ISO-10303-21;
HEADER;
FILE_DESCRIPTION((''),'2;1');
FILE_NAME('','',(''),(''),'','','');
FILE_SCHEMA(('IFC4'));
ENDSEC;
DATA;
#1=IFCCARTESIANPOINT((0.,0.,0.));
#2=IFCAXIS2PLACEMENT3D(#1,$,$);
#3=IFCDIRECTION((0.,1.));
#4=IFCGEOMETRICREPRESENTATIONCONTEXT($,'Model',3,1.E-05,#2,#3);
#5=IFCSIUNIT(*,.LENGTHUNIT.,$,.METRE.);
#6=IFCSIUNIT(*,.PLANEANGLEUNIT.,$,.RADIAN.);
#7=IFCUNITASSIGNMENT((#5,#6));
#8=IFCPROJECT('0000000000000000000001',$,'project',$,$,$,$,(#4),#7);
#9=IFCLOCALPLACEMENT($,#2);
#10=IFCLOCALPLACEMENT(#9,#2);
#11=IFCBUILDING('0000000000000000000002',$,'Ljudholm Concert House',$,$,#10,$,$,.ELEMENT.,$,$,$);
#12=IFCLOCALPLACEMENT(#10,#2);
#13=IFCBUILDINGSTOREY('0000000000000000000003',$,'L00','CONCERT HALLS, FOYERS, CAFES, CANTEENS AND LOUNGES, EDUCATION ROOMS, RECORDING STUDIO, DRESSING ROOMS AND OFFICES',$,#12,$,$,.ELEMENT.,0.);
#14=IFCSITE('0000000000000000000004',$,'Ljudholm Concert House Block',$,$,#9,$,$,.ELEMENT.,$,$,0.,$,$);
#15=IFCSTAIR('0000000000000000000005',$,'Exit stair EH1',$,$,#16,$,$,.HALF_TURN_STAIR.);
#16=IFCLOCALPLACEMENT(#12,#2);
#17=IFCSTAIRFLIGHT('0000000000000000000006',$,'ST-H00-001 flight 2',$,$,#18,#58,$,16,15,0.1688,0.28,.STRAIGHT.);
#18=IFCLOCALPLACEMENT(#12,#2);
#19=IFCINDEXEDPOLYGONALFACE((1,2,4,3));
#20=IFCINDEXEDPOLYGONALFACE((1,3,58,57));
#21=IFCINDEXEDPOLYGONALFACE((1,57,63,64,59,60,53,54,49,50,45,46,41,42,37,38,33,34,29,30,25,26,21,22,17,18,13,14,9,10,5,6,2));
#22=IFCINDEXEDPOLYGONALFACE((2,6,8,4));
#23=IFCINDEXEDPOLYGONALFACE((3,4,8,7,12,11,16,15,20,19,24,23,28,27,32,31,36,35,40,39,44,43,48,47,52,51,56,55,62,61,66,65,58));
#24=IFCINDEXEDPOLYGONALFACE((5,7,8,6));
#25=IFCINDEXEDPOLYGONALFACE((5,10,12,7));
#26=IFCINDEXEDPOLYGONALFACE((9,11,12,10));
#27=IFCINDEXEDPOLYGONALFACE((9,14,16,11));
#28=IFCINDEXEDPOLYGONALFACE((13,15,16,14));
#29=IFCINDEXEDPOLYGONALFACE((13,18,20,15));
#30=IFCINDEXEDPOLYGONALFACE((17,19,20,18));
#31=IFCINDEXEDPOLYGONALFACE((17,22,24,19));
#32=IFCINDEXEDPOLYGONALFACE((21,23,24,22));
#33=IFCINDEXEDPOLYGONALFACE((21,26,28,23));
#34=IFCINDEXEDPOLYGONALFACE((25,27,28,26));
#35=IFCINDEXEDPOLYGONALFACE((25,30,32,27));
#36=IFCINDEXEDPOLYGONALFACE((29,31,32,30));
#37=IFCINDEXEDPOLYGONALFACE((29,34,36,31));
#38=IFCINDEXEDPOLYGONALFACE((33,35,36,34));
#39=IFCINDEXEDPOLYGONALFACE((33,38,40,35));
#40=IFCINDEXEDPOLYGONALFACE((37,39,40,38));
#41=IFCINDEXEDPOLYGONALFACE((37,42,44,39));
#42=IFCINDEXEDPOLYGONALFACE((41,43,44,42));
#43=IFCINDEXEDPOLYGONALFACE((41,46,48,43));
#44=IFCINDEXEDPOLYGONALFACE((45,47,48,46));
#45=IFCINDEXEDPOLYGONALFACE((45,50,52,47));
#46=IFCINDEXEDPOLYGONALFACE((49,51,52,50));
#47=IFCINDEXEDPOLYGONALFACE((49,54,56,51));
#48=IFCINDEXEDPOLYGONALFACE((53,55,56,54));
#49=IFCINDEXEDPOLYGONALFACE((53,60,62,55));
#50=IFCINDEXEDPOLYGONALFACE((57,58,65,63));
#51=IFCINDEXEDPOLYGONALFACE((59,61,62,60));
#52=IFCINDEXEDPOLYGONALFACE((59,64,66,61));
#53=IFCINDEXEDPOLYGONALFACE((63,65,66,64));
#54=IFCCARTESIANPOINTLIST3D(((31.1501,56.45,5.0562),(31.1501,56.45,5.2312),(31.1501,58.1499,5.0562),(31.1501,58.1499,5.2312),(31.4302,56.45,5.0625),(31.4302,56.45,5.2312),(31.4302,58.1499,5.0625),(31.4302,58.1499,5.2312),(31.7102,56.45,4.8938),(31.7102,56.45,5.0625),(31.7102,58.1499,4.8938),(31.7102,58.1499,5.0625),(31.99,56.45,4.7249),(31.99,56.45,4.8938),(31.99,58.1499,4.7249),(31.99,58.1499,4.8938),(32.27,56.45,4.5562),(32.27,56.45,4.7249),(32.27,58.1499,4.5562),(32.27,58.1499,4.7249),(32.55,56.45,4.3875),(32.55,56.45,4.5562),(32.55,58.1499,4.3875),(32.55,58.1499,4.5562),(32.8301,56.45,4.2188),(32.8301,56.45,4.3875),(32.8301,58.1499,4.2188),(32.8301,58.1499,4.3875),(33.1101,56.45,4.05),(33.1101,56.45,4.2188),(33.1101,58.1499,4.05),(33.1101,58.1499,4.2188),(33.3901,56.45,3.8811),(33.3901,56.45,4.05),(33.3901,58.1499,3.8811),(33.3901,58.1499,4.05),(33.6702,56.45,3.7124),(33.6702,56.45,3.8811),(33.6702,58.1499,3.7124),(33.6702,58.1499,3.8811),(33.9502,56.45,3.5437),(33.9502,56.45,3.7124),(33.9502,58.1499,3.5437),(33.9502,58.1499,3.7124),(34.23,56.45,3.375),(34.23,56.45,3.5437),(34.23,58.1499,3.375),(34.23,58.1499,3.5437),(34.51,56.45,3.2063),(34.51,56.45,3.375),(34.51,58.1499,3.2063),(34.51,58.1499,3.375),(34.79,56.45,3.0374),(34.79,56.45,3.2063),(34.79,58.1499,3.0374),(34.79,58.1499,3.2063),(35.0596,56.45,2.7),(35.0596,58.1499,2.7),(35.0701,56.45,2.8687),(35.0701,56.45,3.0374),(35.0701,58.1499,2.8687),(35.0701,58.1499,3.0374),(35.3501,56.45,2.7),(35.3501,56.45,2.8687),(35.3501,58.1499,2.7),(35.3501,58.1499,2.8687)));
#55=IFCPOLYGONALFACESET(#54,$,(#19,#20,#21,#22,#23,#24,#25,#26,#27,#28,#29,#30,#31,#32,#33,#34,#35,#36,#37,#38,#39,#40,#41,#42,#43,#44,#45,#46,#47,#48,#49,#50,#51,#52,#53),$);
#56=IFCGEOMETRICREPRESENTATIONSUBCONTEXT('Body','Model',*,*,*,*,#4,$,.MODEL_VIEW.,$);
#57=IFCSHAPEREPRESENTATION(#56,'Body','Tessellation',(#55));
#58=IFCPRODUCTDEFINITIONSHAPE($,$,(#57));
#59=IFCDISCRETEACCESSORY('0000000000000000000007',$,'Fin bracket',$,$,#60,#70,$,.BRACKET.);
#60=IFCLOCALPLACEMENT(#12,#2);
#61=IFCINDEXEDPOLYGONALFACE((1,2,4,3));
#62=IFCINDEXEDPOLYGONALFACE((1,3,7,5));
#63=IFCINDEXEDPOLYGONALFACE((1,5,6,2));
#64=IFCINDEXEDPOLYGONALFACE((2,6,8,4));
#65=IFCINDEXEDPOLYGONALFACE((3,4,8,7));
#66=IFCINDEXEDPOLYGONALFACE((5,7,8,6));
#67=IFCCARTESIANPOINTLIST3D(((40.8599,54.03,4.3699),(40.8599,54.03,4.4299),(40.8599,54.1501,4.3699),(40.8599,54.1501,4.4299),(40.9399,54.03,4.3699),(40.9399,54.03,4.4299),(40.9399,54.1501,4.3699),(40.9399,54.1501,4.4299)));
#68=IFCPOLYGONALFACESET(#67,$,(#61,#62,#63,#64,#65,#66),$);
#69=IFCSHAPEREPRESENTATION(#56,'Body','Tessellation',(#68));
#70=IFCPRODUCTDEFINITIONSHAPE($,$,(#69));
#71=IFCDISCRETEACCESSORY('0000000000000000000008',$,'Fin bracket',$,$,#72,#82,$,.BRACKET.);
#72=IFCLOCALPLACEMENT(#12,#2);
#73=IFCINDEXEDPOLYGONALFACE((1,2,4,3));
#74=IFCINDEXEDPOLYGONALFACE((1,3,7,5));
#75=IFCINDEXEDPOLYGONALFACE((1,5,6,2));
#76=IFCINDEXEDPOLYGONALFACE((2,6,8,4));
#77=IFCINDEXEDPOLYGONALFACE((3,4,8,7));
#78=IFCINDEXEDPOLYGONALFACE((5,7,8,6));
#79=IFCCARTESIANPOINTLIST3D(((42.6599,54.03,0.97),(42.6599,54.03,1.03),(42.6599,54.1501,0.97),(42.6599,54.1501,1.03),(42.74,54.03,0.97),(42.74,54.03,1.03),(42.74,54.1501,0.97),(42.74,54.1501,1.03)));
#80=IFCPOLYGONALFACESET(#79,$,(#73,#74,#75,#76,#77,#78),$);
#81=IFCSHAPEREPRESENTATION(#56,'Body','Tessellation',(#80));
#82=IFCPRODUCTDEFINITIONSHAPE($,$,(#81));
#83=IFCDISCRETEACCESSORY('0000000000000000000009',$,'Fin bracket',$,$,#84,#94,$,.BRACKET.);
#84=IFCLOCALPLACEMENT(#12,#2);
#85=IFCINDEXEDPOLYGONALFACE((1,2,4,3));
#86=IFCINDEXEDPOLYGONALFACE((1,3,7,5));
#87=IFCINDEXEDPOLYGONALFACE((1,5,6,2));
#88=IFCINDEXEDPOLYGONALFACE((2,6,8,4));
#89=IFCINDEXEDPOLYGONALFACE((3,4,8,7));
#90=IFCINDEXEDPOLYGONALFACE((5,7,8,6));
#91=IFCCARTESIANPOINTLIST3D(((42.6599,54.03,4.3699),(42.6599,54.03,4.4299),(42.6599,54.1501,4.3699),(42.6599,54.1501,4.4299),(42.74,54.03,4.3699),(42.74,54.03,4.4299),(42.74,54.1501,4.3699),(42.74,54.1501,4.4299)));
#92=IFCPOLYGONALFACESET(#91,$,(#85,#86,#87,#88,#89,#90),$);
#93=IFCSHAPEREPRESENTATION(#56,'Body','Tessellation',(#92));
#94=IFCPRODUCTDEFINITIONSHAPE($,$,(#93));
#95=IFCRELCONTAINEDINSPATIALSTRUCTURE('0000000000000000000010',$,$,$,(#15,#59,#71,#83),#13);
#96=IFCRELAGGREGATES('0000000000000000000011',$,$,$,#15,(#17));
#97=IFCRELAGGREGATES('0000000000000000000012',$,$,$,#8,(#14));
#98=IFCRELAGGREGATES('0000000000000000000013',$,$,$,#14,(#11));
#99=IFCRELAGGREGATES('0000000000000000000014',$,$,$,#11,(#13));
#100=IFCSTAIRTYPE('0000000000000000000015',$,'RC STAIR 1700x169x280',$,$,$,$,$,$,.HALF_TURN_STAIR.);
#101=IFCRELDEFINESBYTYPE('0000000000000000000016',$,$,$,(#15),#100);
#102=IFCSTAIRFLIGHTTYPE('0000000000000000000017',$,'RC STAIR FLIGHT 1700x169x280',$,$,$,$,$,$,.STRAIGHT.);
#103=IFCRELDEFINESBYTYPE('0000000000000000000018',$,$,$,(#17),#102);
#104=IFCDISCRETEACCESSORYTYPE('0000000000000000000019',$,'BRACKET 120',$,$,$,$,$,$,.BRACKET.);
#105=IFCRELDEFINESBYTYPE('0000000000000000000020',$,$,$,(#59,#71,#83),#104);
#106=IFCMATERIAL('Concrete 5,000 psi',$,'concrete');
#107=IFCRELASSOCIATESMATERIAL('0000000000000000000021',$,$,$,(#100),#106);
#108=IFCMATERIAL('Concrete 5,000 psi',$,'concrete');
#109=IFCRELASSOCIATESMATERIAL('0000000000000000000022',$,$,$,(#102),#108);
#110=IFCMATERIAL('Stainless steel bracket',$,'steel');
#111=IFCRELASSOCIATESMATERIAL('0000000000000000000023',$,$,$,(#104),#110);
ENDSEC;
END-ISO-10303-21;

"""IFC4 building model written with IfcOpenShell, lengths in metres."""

from ifc_helpers import new_model, si_unit, direction, frame, origin, origin_2d, place, context, subcontext, project, spatial, polyline, rectangle, outline, extrude, material, type_object, element, aggregate, save


model = new_model("IFC4")

# Units and contexts
model_context = context("Model", 3, precision=1e-05, world=origin(), true_north=direction((0.0, 1.0)))
body_context = subcontext(model_context, "Body", "Model", "MODEL_VIEW")
ifc_project = project(units=[si_unit("LENGTHUNIT", "METRE"), si_unit("PLANEANGLEUNIT", "RADIAN")], contexts=[model_context])

# Site, building, storey
site_placement = place(None, origin())
site = spatial("IfcSite", under=ifc_project, at=site_placement, Name="Ljudholm Concert House Block", CompositionType="ELEMENT", RefElevation=0.0)
building_placement = place(site_placement, origin())
building = spatial("IfcBuilding", under=site, at=building_placement, Name="Ljudholm Concert House", CompositionType="ELEMENT")
storey_placement = place(building_placement, origin())
storey = spatial("IfcBuildingStorey", under=building, at=storey_placement, Name="L00", Description="CONCERT HALLS, FOYERS, CAFES, CANTEENS AND LOUNGES, EDUCATION ROOMS, RECORDING STUDIO, DRESSING ROOMS AND OFFICES", CompositionType="ELEMENT", Elevation=0.0)

# Stair, stair flight
ifc_material_1 = material(Name="Concrete 5,000 psi", Category="concrete")
stair_type = type_object("IfcStairType", Name="RC STAIR 1700x169x280", PredefinedType="HALF_TURN_STAIR", material=ifc_material_1)
stair_placement = place(storey_placement, origin())
stair = element("IfcStair", 1, at=stair_placement, inside=storey, type_object=stair_type, Name="Exit stair EH1", PredefinedType="HALF_TURN_STAIR")
ifc_material_2 = material(Name="Concrete 5,000 psi", Category="concrete")
stair_flight_type = type_object("IfcStairFlightType", Name="RC STAIR FLIGHT 1700x169x280", PredefinedType="STRAIGHT", material=ifc_material_2)
stair_flight_placement = place(storey_placement, frame((35.3501, 57.3, 2.7), z_axis=(0.0, 0.0, 1.0), x_axis=(-1.0, 0.0, 0.0)))
stair_flight = element("IfcStairFlight", 2, at=stair_flight_placement, type_object=stair_flight_type, Name="ST-H00-001 flight 2", NumberOfRisers=16, NumberOfTreads=15, PredefinedType="STRAIGHT", RiserHeight=0.1688, TreadLength=0.28, context=body_context, shape_type="SweptSolid", body=[
    extrude(outline(polyline([(0.0, 0.0), (0.0, 0.1687), (0.28, 0.1687), (0.28, 0.3374), (0.5601, 0.3374), (0.5601, 0.5063), (0.8401, 0.5063), (0.8401, 0.675), (1.1201, 0.675), (1.1201, 0.8438), (1.3999, 0.8438), (1.3999, 1.0125), (1.6799, 1.0125), (1.6799, 1.1812), (1.96, 1.1812), (1.96, 1.3501), (2.24, 1.3501), (2.24, 1.5188), (2.52, 1.5188), (2.52, 1.6875), (2.8, 1.6875), (2.8, 1.8562), (3.0801, 1.8562), (3.0801, 2.0249), (3.3601, 2.0249), (3.3601, 2.1938), (3.6399, 2.1938), (3.6399, 2.3625), (3.9199, 2.3625), (3.9199, 2.5312), (4.2, 2.5312), (4.2, 2.7), (4.2, 2.3562), (0.2905, 0.0), (0.0, 0.0)])), frame((0.0, 0.8501, 0.0), z_axis=(0.0, -1.0, 0.0), x_axis=(1.0, 0.0, 0.0)), (0.0, 0.0, 1.0), 1.7),
])
aggregate(stair, [stair_flight])

# Discrete accessories
ifc_material_3 = material(Name="Stainless steel bracket", Category="steel")
discrete_accessory_type = type_object("IfcDiscreteAccessoryType", Name="BRACKET 120", PredefinedType="BRACKET", material=ifc_material_3)
for number, where, z_axis, x_axis, name in (
    (3, (40.8999, 54.0901, 4.3699), (0.0, 0.0, 1.0), (0.0, -1.0, 0.0), "Fin bracket"),
    (4, (42.7, 54.0901, 0.97), (0.0, 0.0, 1.0), (0.0, -1.0, 0.0), "Fin bracket"),
    (5, (42.7, 54.0901, 4.3699), (0.0, 0.0, 1.0), (0.0, -1.0, 0.0), "Fin bracket"),
):
    element("IfcDiscreteAccessory", number, at=place(storey_placement, frame(where, z_axis=z_axis, x_axis=x_axis)), inside=storey, type_object=discrete_accessory_type, Name=name, PredefinedType="BRACKET", context=body_context, shape_type="SweptSolid", body=[
        extrude(rectangle(XDim=0.1201, YDim=0.0801, at=origin_2d()), origin(), (0.0, 0.0, 1.0), 0.0601),
    ])

save(model, "model.ifc")
